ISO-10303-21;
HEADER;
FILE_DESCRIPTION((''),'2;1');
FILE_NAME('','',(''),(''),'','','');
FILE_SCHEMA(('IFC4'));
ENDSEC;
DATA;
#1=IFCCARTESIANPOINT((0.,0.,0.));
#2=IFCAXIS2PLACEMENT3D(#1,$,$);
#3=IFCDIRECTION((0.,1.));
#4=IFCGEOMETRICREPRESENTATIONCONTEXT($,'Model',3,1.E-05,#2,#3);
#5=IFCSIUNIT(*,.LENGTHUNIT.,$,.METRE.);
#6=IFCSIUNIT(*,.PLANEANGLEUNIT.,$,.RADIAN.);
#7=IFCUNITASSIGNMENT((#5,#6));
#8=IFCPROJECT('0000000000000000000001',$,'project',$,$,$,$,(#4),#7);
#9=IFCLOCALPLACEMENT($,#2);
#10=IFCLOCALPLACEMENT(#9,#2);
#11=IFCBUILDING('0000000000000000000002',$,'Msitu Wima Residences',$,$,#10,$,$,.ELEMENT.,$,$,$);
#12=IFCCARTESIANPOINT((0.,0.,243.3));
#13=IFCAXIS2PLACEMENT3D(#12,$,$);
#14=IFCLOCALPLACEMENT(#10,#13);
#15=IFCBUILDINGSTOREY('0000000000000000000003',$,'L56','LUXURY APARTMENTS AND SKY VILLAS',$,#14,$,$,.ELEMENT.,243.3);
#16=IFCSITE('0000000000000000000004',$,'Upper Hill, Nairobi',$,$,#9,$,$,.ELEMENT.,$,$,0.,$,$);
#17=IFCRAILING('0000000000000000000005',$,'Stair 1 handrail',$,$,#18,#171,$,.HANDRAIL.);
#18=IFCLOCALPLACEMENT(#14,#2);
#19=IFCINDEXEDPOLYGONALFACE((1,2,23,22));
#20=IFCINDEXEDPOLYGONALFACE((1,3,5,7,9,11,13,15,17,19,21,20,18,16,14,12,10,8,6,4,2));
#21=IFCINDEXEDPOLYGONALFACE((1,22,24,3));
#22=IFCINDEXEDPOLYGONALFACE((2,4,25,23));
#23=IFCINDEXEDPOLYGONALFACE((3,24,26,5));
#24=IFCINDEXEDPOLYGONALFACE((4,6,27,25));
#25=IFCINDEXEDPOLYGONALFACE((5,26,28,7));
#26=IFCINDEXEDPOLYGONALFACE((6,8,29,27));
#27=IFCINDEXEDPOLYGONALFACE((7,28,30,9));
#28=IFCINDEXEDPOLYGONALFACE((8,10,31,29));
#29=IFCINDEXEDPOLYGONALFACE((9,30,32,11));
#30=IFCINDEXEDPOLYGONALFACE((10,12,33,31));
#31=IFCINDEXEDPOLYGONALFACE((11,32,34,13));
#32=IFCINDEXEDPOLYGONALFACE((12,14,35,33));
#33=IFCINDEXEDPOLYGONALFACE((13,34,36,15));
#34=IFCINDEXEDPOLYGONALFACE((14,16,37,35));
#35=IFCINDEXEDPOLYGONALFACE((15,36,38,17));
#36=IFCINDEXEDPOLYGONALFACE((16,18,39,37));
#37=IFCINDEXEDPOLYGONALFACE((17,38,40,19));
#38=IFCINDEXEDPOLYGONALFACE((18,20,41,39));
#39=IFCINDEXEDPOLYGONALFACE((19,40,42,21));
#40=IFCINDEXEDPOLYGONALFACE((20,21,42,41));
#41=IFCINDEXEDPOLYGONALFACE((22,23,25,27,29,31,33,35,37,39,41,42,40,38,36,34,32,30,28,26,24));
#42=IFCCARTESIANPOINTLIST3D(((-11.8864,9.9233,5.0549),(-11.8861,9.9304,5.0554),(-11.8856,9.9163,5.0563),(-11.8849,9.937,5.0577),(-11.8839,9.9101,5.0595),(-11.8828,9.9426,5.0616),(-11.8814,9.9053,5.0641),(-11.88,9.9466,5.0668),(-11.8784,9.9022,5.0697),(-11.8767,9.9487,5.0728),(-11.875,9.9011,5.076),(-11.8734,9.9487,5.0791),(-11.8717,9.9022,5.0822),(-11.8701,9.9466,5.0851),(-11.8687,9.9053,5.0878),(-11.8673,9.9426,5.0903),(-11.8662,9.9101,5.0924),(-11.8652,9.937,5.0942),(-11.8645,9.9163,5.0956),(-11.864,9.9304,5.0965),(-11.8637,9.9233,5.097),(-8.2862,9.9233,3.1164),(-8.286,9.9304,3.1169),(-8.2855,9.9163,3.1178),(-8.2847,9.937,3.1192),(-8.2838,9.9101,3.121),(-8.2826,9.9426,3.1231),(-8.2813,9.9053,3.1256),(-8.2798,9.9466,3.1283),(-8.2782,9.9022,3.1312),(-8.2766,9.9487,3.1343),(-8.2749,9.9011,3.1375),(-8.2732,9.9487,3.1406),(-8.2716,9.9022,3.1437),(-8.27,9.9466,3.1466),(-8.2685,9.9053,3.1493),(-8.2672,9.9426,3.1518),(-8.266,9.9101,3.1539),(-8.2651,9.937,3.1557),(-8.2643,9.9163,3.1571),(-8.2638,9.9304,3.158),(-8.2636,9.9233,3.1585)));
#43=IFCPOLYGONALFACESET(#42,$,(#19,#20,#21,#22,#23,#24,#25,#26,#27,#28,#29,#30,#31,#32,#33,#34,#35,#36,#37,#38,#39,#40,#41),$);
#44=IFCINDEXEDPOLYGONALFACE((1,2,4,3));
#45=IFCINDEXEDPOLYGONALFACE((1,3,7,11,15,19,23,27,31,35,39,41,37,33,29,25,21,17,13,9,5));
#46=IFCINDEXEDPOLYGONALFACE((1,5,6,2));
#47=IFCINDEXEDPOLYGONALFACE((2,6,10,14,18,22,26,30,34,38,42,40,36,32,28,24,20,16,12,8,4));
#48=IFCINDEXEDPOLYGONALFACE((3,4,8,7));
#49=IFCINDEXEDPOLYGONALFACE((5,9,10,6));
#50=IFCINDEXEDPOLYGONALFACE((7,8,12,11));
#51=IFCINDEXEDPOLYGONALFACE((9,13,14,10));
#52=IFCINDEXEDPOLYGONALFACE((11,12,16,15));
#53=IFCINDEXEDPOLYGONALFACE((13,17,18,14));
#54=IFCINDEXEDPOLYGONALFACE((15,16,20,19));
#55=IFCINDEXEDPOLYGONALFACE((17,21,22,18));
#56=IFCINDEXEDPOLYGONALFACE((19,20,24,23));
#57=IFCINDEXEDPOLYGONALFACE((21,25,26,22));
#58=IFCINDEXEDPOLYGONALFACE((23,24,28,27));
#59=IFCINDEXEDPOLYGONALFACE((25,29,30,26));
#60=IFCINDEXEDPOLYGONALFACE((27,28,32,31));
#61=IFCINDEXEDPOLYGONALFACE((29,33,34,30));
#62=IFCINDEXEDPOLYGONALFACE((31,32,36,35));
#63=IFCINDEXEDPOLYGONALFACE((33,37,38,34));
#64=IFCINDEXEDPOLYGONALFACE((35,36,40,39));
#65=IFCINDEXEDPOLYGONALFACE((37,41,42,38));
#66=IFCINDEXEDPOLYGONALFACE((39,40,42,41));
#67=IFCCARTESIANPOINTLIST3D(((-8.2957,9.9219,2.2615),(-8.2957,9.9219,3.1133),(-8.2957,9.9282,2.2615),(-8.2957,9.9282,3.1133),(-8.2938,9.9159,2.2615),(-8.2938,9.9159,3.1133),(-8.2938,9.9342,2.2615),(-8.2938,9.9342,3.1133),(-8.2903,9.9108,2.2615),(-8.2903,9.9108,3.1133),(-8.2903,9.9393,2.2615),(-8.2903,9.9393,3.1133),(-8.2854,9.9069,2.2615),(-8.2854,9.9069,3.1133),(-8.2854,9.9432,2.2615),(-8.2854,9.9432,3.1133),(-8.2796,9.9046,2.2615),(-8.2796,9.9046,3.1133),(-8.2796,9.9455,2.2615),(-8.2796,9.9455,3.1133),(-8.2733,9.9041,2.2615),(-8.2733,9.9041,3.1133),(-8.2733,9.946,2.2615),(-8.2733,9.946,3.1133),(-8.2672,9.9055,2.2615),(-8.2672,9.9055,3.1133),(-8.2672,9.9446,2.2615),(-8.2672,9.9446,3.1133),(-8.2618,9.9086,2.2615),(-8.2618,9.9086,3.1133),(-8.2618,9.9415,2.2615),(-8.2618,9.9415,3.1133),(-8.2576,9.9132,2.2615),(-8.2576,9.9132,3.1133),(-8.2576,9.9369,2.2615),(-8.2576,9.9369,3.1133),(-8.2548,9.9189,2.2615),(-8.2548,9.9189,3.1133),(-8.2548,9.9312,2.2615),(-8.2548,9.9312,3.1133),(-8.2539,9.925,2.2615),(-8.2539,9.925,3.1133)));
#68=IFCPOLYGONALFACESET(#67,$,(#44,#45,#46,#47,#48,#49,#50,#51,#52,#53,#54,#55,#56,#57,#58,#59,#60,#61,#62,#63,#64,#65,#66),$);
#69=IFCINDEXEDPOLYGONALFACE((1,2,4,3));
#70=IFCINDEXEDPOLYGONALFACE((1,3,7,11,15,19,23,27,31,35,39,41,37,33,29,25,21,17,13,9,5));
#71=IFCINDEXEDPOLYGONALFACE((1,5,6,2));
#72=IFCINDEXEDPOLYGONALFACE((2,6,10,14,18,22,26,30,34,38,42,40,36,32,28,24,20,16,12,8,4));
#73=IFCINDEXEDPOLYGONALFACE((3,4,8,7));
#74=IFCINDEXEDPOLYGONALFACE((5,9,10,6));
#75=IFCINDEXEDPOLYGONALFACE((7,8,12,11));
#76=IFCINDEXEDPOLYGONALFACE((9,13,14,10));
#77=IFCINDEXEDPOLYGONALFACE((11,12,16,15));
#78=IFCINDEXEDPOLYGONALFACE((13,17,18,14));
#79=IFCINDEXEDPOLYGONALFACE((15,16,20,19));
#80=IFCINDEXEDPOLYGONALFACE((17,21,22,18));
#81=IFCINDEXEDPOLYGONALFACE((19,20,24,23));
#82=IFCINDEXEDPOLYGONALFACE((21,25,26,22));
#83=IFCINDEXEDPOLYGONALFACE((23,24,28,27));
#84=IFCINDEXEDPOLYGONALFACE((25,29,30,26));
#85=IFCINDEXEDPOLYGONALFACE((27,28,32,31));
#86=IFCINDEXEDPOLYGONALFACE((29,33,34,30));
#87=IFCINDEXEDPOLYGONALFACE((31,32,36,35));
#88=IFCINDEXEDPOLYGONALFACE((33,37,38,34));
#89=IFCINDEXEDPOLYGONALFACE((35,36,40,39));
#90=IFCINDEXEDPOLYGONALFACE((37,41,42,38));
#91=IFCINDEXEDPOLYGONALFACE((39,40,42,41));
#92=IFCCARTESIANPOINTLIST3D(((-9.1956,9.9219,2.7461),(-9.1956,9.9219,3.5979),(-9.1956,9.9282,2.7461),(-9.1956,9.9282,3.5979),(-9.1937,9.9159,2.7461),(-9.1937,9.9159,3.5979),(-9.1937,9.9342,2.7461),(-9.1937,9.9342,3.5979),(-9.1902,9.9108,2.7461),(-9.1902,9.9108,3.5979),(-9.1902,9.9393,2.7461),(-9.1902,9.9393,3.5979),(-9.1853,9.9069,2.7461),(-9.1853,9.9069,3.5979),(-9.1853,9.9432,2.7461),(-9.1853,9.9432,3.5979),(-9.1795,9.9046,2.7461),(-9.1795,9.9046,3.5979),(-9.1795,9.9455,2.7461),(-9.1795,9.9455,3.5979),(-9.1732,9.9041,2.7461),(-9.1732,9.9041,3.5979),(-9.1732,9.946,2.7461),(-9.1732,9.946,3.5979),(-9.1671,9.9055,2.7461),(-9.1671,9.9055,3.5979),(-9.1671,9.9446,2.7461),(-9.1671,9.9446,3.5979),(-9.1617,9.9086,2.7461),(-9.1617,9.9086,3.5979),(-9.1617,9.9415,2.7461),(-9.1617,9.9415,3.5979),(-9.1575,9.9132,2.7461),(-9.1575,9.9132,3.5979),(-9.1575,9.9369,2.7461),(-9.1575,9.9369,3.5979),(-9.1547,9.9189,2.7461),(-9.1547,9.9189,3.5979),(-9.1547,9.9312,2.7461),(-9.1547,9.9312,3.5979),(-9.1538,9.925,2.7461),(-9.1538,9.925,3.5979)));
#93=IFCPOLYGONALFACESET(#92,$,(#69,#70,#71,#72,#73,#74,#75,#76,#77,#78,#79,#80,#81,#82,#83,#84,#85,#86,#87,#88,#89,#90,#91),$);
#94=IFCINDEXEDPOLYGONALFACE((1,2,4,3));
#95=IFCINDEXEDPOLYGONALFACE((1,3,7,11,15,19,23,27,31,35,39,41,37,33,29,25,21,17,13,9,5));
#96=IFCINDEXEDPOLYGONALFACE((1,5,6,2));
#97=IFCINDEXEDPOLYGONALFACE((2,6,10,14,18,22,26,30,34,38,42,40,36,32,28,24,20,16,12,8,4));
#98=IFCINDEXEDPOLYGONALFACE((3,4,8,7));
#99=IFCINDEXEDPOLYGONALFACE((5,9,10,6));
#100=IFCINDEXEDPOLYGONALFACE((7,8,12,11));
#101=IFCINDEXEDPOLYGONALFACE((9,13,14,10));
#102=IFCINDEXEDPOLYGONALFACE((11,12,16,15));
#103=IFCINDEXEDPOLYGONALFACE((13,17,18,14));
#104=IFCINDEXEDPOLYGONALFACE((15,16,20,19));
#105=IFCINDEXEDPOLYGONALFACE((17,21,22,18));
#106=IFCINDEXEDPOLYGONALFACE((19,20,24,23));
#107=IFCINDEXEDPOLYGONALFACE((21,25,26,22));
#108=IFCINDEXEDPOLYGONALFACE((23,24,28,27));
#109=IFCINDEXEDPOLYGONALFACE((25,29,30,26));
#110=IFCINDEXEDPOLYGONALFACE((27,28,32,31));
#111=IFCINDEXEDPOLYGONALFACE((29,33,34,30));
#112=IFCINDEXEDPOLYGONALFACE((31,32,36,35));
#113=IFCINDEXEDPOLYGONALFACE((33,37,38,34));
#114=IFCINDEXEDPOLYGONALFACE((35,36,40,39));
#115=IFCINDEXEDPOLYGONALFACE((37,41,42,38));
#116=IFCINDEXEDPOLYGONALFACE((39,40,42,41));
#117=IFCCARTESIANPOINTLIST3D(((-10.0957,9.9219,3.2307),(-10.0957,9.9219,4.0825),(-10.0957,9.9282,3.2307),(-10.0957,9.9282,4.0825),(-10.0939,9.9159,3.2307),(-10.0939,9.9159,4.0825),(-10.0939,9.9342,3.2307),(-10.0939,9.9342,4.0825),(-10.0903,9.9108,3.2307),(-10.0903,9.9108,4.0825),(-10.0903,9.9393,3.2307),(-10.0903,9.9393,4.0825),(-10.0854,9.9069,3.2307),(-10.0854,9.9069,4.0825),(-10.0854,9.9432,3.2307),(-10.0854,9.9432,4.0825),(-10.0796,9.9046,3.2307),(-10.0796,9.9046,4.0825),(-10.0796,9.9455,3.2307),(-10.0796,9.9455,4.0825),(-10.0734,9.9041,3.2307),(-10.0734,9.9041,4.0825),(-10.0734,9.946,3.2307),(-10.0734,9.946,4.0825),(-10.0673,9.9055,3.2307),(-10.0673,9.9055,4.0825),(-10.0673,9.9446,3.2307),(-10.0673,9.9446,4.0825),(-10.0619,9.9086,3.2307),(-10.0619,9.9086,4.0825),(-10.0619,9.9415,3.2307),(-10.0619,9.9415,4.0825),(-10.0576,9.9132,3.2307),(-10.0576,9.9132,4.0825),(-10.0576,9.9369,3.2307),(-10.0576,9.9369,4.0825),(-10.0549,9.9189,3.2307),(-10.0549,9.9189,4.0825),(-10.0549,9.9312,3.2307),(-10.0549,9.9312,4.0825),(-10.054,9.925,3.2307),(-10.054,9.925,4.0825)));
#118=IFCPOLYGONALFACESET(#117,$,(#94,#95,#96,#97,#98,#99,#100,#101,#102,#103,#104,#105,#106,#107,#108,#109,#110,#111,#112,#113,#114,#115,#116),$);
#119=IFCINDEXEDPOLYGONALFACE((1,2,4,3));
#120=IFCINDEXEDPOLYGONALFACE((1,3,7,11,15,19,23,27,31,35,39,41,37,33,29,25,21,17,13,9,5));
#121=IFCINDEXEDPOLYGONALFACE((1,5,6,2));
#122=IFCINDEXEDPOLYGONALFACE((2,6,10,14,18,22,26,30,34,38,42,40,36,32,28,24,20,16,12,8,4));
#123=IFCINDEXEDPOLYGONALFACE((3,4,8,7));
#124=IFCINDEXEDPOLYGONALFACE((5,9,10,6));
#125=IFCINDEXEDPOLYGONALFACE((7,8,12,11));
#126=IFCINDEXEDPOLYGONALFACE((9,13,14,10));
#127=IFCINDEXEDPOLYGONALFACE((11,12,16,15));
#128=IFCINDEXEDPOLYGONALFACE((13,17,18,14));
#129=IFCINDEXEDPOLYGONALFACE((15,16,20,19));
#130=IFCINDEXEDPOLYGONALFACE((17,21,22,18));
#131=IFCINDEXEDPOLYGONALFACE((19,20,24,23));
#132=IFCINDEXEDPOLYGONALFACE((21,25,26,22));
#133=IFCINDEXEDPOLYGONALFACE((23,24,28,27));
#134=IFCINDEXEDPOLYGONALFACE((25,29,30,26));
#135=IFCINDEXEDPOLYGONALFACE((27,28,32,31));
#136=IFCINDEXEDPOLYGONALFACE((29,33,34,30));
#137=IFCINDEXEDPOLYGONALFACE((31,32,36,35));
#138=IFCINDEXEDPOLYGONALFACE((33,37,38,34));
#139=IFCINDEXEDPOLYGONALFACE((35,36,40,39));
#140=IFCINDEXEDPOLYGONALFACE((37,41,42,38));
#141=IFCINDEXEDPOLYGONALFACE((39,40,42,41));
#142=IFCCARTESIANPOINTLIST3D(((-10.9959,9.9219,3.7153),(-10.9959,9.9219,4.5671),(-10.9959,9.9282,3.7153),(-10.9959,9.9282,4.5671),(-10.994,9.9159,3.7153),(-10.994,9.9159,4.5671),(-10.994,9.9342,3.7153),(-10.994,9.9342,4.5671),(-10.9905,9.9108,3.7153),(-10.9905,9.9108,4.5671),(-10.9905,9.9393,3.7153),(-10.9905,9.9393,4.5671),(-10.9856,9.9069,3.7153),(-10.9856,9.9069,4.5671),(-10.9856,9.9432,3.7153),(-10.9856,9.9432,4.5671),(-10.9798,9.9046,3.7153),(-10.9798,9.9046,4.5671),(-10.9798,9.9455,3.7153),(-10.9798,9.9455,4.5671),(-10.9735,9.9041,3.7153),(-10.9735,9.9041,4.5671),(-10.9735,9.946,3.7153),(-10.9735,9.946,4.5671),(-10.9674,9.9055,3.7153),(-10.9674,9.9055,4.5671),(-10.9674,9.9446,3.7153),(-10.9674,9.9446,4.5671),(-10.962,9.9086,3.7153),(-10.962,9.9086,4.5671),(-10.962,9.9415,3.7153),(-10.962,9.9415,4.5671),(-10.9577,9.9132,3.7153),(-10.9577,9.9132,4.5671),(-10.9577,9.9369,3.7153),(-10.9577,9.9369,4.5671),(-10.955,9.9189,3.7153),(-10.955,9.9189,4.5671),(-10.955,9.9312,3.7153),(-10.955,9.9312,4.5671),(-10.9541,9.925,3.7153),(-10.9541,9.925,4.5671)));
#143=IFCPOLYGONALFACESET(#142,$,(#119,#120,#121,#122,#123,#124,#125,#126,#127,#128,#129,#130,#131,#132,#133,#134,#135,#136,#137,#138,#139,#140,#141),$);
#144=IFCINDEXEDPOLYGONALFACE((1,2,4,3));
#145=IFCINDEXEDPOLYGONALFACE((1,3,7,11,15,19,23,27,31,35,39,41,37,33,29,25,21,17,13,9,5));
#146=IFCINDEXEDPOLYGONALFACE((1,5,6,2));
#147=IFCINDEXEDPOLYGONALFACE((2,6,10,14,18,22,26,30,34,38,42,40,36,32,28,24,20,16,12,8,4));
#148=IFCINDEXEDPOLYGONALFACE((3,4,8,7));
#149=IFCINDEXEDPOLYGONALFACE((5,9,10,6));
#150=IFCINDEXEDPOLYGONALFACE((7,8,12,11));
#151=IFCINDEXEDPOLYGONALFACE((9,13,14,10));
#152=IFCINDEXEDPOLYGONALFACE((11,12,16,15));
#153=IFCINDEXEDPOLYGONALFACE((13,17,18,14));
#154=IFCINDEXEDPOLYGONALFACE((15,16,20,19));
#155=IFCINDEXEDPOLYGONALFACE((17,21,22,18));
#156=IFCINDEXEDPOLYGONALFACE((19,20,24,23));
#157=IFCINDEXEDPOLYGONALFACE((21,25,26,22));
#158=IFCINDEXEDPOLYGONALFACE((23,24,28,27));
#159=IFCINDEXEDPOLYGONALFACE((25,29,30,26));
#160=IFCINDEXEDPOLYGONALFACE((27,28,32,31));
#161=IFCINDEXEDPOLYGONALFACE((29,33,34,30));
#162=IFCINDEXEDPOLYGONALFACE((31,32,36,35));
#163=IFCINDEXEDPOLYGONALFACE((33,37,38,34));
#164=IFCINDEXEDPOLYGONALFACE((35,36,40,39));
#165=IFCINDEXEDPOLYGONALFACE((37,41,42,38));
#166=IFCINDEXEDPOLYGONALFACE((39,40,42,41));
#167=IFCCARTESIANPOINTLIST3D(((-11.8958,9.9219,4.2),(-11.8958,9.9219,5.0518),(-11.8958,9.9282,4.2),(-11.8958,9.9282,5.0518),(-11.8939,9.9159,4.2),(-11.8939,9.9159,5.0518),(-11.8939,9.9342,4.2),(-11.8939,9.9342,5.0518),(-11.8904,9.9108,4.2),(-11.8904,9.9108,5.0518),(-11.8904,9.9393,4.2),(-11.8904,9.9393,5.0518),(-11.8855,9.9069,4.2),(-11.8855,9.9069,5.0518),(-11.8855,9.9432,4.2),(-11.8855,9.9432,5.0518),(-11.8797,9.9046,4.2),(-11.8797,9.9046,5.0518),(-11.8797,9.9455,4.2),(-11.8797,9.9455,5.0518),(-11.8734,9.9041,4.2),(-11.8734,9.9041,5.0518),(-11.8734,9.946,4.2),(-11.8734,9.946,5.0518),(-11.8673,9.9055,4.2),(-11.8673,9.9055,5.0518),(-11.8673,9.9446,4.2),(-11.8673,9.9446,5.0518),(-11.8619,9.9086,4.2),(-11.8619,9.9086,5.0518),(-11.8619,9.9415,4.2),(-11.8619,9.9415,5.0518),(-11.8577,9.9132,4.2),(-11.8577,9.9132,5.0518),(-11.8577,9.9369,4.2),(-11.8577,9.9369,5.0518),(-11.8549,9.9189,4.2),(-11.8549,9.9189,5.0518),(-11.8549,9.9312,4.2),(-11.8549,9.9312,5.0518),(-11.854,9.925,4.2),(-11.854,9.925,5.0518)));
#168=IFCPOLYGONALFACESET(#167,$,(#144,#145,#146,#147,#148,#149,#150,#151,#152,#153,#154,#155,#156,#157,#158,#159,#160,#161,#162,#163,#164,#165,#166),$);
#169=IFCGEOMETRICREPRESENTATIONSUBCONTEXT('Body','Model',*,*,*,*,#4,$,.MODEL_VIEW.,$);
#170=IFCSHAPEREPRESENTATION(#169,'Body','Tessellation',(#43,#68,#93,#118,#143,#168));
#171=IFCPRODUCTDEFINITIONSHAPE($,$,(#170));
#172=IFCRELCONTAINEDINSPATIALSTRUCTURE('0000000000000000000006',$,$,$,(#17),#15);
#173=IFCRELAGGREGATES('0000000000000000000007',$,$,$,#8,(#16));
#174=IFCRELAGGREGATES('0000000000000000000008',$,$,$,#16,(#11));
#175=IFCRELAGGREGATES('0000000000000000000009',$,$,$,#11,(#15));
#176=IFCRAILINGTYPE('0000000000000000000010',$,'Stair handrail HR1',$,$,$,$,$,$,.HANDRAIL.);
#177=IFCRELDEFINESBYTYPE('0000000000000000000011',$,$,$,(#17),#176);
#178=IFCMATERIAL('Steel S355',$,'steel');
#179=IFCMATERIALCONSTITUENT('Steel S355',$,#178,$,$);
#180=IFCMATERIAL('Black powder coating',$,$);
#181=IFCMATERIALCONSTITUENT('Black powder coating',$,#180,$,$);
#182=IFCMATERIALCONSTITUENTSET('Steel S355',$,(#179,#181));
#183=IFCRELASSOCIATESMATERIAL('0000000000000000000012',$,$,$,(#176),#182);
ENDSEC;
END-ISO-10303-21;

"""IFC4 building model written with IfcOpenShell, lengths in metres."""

from ifc_helpers import new_model, si_unit, direction, frame, origin, origin_2d, place, context, subcontext, project, spatial, circle, extrude, material, constituent, constituent_set, type_object, element, save


model = new_model("IFC4")

# Units and contexts
model_context = context("Model", 3, precision=1e-05, world=origin(), true_north=direction((0.0, 1.0)))
body_context = subcontext(model_context, "Body", "Model", "MODEL_VIEW")
ifc_project = project(units=[si_unit("LENGTHUNIT", "METRE"), si_unit("PLANEANGLEUNIT", "RADIAN")], contexts=[model_context])

# Site, building, storey
site_placement = place(None, origin())
site = spatial("IfcSite", under=ifc_project, at=site_placement, Name="Upper Hill, Nairobi", CompositionType="ELEMENT", RefElevation=0.0)
building_placement = place(site_placement, origin())
building = spatial("IfcBuilding", under=site, at=building_placement, Name="Msitu Wima Residences", CompositionType="ELEMENT")
storey_placement = place(building_placement, frame((0.0, 0.0, 243.3)))
storey = spatial("IfcBuildingStorey", under=building, at=storey_placement, Name="L56", Description="LUXURY APARTMENTS AND SKY VILLAS", CompositionType="ELEMENT", Elevation=243.3)

# Railing
ifc_material_1 = material(Name="Steel S355", Category="steel")
ifc_constituent_1 = constituent(ifc_material_1, Name="Steel S355")
ifc_material_2 = material(Name="Black powder coating")
ifc_constituent_2 = constituent(ifc_material_2, Name="Black powder coating")
ifc_constituent_set = constituent_set(constituents=[ifc_constituent_1, ifc_constituent_2], Name="Steel S355")
railing_type = type_object("IfcRailingType", Name="Stair handrail HR1", PredefinedType="HANDRAIL", material=ifc_constituent_set)
railing_placement = place(storey_placement, frame((-8.2749, 9.925, 2.2615)))
element("IfcRailing", 1, at=railing_placement, inside=storey, type_object=railing_type, Name="Stair 1 handrail", PredefinedType="HANDRAIL", context=body_context, shape_type="SweptSolid", body=[
    extrude(circle(Radius=0.0239, at=origin_2d()), frame((0.0, 0.0, 0.876), z_axis=(-0.880475, 0.0, 0.474093), x_axis=(0.0, -1.0, 0.0)), (0.0, 0.0, 1.0), 4.0889),
    extrude(circle(Radius=0.021, at=origin_2d()), origin(), (0.0, 0.0, 1.0), 0.8518),
    extrude(circle(Radius=0.021, at=origin_2d()), frame((-0.8999, 0.0, 0.4846)), (0.0, 0.0, 1.0), 0.8518),
    extrude(circle(Radius=0.021, at=origin_2d()), frame((-1.8, 0.0, 0.9692)), (0.0, 0.0, 1.0), 0.8518),
    extrude(circle(Radius=0.021, at=origin_2d()), frame((-2.7002, 0.0, 1.4539)), (0.0, 0.0, 1.0), 0.8518),
    extrude(circle(Radius=0.021, at=origin_2d()), frame((-3.6001, 0.0, 1.9385)), (0.0, 0.0, 1.0), 0.8518),
])

save(model, "model.ifc")
